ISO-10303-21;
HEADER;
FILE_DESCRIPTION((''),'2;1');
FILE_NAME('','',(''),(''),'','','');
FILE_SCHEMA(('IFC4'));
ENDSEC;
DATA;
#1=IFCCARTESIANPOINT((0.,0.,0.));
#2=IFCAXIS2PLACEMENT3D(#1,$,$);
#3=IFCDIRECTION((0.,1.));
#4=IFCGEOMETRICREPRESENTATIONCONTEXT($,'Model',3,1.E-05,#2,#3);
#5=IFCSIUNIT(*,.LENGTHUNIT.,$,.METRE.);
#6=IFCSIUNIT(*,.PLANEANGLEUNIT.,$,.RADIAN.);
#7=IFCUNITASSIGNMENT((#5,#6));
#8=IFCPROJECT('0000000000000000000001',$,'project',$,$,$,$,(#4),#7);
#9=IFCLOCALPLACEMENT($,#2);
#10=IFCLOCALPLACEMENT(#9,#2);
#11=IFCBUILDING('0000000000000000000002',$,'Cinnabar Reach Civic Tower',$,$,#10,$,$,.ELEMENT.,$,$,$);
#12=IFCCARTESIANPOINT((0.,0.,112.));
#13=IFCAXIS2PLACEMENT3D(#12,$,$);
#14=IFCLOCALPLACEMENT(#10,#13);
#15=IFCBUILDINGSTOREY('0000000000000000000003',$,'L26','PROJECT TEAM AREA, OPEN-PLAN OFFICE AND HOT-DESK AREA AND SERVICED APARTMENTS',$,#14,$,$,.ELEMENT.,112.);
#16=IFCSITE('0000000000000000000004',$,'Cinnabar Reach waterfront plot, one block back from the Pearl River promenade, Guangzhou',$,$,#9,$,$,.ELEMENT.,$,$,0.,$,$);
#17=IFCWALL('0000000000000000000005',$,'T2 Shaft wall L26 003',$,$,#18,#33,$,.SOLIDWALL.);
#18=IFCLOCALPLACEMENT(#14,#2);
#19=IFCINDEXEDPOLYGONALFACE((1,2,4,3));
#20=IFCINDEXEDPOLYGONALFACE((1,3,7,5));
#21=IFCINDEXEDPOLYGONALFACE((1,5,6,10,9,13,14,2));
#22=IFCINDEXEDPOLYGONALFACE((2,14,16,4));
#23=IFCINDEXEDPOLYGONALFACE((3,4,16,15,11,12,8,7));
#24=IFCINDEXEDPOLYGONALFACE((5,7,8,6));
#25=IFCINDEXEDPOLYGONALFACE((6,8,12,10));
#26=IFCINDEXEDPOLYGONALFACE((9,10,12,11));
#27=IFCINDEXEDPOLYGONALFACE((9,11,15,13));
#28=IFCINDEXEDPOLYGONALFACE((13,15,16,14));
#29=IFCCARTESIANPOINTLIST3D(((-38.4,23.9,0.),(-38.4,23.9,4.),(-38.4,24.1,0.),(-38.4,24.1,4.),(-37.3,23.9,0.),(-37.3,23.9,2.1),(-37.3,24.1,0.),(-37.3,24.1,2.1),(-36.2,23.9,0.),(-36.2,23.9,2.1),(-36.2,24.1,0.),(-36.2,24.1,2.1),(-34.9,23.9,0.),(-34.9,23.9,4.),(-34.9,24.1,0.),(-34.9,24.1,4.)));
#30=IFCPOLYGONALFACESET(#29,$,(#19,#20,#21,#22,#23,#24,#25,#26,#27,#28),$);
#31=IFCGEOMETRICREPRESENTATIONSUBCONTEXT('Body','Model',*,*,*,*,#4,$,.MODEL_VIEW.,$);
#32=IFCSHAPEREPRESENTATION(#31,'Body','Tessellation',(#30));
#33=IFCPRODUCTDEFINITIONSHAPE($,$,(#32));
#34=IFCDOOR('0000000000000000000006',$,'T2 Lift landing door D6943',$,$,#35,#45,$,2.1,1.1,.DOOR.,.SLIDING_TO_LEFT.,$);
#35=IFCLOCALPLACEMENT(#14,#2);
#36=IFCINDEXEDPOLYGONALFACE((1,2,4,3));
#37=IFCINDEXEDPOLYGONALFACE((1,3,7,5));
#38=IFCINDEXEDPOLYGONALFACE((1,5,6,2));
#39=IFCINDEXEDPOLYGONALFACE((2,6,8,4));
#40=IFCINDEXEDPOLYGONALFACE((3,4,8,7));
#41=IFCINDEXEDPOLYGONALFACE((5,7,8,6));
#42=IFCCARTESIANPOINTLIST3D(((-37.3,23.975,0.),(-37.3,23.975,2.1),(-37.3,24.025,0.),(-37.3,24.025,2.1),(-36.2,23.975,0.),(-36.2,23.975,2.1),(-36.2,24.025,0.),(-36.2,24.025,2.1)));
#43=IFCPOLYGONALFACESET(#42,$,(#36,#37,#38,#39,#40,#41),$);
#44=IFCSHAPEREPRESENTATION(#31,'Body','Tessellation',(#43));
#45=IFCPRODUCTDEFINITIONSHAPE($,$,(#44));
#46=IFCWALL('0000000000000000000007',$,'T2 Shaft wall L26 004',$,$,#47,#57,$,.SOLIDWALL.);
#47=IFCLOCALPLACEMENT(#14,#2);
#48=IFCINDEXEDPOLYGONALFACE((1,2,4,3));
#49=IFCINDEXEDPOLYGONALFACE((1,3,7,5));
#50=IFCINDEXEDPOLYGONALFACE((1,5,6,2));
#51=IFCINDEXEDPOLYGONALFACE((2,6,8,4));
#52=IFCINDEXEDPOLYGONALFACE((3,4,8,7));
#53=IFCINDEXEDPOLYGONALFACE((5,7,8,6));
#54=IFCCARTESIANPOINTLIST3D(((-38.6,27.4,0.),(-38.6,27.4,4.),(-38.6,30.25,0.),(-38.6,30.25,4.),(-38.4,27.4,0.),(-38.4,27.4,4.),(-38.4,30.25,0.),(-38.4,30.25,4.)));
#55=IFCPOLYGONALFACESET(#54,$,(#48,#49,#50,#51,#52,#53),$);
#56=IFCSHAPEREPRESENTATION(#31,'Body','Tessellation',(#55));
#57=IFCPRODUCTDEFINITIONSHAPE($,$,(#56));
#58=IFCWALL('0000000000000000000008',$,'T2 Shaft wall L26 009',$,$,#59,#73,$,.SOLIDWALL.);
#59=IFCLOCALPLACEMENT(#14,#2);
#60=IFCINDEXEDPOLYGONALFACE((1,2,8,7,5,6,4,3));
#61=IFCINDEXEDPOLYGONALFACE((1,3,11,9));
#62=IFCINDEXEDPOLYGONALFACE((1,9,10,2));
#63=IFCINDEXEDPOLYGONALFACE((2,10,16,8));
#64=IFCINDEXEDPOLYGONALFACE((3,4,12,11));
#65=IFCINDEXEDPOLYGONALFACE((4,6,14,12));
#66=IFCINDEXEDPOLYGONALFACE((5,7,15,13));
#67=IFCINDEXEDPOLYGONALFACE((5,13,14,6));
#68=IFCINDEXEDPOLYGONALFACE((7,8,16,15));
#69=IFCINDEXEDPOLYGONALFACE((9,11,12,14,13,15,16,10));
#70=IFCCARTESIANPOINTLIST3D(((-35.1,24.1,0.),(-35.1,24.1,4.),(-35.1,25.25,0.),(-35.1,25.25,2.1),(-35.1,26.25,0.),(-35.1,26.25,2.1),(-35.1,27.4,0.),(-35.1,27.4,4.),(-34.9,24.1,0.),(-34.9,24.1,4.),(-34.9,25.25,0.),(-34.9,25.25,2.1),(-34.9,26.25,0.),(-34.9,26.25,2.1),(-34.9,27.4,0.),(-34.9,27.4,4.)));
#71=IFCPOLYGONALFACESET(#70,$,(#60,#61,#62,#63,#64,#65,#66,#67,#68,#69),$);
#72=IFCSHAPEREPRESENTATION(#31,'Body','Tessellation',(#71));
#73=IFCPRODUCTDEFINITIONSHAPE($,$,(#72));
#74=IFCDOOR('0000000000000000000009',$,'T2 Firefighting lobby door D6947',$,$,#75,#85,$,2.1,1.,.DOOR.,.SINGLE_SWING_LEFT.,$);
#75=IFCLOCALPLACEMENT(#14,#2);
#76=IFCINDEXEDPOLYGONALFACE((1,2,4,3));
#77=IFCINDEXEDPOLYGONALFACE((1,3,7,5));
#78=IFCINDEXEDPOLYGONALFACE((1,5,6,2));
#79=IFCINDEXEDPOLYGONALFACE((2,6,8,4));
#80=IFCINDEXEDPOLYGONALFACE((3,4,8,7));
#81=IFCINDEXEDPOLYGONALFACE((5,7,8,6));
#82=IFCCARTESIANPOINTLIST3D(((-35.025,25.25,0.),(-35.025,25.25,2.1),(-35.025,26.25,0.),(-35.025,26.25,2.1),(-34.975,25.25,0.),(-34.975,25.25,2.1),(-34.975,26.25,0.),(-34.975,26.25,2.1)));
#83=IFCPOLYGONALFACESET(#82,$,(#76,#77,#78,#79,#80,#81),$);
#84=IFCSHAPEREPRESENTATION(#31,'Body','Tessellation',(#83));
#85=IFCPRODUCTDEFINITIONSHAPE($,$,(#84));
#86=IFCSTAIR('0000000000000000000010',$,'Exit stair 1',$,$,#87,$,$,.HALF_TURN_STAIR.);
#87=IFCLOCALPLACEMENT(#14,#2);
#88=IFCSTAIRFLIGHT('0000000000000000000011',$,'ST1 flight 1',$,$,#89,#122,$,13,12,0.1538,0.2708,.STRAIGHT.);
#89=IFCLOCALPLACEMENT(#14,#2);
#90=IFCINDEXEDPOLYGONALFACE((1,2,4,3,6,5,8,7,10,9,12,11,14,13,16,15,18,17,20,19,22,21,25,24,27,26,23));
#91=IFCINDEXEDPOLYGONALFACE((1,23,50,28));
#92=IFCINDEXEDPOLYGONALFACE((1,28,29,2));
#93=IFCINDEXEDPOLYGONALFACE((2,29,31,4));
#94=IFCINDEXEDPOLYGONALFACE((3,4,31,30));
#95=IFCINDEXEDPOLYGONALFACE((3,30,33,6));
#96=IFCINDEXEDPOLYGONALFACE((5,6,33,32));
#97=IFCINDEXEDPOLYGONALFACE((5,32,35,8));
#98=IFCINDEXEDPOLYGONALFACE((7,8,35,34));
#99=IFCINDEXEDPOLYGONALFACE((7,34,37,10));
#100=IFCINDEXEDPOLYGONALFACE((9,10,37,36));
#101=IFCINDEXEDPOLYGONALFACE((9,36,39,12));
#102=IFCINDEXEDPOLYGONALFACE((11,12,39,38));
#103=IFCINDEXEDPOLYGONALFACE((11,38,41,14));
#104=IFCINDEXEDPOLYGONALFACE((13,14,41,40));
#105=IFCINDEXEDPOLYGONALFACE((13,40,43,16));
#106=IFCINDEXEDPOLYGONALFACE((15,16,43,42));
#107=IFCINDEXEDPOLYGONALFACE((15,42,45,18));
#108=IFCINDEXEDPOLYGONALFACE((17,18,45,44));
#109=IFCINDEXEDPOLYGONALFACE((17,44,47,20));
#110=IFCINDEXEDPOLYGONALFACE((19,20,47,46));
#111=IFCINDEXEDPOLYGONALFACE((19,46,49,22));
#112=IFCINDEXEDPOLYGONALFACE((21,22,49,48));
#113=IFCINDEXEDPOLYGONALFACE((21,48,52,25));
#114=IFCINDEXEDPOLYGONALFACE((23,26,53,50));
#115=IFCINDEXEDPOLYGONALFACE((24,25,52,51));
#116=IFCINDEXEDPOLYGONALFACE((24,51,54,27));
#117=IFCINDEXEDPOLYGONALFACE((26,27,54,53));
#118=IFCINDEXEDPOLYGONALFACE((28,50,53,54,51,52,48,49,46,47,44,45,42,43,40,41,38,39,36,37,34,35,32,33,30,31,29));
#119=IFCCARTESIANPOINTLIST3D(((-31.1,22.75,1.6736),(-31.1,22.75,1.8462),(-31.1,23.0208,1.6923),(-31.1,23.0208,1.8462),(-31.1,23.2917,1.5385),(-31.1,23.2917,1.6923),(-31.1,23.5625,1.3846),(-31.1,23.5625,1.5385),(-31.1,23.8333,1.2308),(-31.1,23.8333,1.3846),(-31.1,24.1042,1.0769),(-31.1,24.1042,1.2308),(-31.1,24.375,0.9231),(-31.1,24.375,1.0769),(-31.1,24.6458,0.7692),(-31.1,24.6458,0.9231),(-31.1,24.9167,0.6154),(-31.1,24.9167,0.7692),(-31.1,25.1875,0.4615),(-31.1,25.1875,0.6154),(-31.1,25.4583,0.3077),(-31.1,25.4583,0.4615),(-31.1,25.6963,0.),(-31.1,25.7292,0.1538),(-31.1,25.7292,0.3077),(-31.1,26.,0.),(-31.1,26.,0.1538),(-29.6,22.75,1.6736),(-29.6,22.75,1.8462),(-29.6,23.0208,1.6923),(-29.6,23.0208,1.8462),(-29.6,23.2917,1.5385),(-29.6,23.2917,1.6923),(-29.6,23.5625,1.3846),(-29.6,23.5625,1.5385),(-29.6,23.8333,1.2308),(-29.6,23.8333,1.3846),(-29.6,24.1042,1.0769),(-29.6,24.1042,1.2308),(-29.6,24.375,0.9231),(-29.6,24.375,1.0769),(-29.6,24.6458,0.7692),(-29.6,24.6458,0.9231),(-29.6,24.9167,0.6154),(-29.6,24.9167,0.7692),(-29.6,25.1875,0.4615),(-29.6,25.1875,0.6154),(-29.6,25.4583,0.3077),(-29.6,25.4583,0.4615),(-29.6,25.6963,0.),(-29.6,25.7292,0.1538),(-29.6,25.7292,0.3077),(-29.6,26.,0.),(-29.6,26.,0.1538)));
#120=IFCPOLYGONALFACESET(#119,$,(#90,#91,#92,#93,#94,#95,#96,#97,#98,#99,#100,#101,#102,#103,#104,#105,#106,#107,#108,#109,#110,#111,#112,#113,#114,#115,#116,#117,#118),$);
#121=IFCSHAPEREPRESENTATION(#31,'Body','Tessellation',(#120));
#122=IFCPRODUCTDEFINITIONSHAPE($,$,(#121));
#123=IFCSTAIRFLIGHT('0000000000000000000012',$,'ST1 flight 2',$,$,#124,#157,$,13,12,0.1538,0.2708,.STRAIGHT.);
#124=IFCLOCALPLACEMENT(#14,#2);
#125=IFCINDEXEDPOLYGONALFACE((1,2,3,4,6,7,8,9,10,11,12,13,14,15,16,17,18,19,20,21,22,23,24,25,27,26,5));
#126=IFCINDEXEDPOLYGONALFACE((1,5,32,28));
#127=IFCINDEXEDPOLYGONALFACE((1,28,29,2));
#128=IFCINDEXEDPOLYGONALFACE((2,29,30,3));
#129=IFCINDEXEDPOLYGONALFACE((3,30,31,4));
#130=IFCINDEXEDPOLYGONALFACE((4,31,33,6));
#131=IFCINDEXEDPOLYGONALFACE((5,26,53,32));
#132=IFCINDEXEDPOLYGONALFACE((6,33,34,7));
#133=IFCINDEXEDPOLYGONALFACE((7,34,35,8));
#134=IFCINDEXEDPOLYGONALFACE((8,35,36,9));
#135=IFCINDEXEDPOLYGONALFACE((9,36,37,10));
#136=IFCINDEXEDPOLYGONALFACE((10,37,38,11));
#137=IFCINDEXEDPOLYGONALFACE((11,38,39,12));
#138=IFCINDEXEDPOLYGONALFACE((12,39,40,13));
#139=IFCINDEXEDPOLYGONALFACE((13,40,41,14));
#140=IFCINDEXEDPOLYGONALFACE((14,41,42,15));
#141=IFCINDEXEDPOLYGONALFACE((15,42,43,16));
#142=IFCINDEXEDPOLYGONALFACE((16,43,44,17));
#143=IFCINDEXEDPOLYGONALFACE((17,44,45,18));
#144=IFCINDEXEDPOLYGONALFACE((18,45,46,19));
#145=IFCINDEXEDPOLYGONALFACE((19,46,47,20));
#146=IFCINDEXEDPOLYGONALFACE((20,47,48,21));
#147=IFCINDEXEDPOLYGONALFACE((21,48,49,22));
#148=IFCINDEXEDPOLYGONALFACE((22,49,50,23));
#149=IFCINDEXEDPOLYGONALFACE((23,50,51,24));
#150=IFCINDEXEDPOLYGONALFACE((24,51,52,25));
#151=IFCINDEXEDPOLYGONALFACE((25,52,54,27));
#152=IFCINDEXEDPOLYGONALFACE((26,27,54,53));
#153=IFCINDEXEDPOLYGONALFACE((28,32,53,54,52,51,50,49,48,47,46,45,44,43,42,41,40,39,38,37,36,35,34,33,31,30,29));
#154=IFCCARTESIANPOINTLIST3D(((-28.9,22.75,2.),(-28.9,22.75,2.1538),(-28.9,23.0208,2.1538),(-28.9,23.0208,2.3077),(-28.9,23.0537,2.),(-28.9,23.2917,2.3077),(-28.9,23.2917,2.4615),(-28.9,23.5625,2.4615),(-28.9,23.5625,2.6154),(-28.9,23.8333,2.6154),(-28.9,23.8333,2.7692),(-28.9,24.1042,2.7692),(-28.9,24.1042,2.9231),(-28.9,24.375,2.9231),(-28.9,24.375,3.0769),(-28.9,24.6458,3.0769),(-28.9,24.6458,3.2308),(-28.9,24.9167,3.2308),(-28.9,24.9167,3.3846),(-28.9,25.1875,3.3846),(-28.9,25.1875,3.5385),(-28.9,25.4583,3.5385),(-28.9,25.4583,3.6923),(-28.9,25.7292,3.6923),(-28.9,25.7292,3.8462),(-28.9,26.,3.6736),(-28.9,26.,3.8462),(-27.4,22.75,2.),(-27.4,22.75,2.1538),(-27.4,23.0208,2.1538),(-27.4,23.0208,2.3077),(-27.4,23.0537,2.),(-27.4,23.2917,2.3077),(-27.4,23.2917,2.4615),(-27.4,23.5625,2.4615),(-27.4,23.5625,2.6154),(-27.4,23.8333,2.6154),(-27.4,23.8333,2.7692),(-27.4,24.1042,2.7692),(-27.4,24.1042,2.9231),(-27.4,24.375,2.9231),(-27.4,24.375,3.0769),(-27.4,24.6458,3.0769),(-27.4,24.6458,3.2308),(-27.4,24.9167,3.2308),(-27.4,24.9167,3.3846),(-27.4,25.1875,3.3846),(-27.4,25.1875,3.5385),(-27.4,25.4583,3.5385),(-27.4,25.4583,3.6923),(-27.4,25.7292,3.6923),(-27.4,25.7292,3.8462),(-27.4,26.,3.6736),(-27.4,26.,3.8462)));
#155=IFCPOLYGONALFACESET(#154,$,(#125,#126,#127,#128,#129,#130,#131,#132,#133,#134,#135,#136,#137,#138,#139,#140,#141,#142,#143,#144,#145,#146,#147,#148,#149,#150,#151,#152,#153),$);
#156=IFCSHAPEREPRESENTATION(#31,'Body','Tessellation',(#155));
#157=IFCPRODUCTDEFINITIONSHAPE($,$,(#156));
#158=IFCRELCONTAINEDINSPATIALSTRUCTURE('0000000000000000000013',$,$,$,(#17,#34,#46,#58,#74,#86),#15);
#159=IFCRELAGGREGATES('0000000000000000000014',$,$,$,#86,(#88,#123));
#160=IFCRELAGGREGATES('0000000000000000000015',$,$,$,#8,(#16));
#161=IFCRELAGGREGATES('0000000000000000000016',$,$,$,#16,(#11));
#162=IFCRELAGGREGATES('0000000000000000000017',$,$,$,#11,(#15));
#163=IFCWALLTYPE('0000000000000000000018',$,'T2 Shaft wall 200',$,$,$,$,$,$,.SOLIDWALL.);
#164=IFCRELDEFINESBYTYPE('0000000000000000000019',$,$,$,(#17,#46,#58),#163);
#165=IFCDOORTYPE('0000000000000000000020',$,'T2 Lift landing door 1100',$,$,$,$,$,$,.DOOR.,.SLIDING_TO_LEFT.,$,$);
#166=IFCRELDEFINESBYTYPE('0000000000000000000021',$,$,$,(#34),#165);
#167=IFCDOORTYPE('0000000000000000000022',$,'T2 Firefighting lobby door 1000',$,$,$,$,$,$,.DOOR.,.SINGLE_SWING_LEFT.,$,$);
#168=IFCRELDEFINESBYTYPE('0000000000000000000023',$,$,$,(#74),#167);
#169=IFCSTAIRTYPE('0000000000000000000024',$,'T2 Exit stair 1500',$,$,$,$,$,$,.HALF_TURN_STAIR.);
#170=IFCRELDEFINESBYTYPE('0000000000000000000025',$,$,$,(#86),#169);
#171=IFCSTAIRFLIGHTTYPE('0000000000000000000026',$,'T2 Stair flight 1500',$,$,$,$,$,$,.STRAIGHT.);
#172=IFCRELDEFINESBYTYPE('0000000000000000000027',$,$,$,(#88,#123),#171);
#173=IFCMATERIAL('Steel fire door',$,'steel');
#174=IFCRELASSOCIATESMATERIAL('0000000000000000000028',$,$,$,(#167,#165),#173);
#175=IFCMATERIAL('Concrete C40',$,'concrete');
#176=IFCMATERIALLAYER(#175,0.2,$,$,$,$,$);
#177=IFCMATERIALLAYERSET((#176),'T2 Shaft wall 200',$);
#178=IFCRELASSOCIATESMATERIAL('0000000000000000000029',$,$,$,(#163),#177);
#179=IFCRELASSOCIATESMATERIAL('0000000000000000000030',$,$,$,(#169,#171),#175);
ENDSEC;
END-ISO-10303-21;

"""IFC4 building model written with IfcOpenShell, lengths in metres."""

from ifc_helpers import new_model, si_unit, direction, frame, frame_2d, origin, place, context, subcontext, project, spatial, polyline, rectangle, outline, extrude, material, layer, layer_set, type_object, element, fill, aggregate, save


model = new_model("IFC4")

# Units and contexts
model_context = context("Model", 3, precision=1e-05, world=origin(), true_north=direction((0.0, 1.0)))
body_context = subcontext(model_context, "Body", "Model", "MODEL_VIEW")
ifc_project = project(units=[si_unit("LENGTHUNIT", "METRE"), si_unit("PLANEANGLEUNIT", "RADIAN")], contexts=[model_context])

# Site, building, storey
site_placement = place(None, origin())
site = spatial("IfcSite", under=ifc_project, at=site_placement, Name="Cinnabar Reach waterfront plot, one block back from the Pearl River promenade, Guangzhou", CompositionType="ELEMENT", RefElevation=0.0)
building_placement = place(site_placement, origin())
building = spatial("IfcBuilding", under=site, at=building_placement, Name="Cinnabar Reach Civic Tower", CompositionType="ELEMENT")
storey_placement = place(building_placement, frame((0.0, 0.0, 112.0)))
storey = spatial("IfcBuildingStorey", under=building, at=storey_placement, Name="L26", Description="PROJECT TEAM AREA, OPEN-PLAN OFFICE AND HOT-DESK AREA AND SERVICED APARTMENTS", CompositionType="ELEMENT", Elevation=112.0)

# Shared definitions
ifc_material_1 = material(Name="Steel fire door", Category="steel")
door_type_1 = type_object("IfcDoorType", Name="T2 Firefighting lobby door 1000", OperationType="SINGLE_SWING_LEFT", PredefinedType="DOOR", material=ifc_material_1)

# Shared definitions
ifc_material_2 = material(Name="Concrete C40", Category="concrete")
ifc_layer_1 = layer(ifc_material_2, 0.2)
ifc_layer_set_1 = layer_set([ifc_layer_1], Name="T2 Shaft wall 200")
wall_type_1 = type_object("IfcWallType", Name="T2 Shaft wall 200", PredefinedType="SOLIDWALL", material=ifc_layer_set_1)

# Wall, opening, door
door_type_2 = type_object("IfcDoorType", Name="T2 Lift landing door 1100", OperationType="SLIDING_TO_LEFT", PredefinedType="DOOR", material=ifc_material_1)
wall_1_placement = place(storey_placement, frame((-34.9, 24.0, 0.0), z_axis=(0.0, 0.0, 1.0), x_axis=(-1.0, 0.0, 0.0)))
wall_1 = element("IfcWall", 1, at=wall_1_placement, inside=storey, type_object=wall_type_1, Name="T2 Shaft wall L26 003", PredefinedType="SOLIDWALL", context=body_context, shape_type="SweptSolid", body=[
    extrude(rectangle(XDim=3.5, YDim=0.2, at=frame_2d((1.75, 0.0))), origin(), (0.0, 0.0, 1.0), 4.0),
])
opening_1_placement = place(wall_1_placement, frame((1.3, 0.0, 0.0)))
opening_1 = element("IfcOpeningElement", 2, at=opening_1_placement, cuts=wall_1, PredefinedType="OPENING", context=body_context, shape_type="SweptSolid", body=[
    extrude(rectangle(XDim=1.1, YDim=2.1, at=frame_2d((0.55, 1.05))), frame((0.0, 0.11, 0.0), z_axis=(0.0, -1.0, 0.0), x_axis=(1.0, 0.0, 0.0)), (0.0, 0.0, 1.0), 0.22),
])
door_1_placement = place(opening_1_placement, origin())
door_1 = element("IfcDoor", 3, at=door_1_placement, inside=storey, type_object=door_type_2, Name="T2 Lift landing door D6943", OperationType="SLIDING_TO_LEFT", OverallHeight=2.1, OverallWidth=1.1, PredefinedType="DOOR", context=body_context, shape_type="SweptSolid", body=[
    extrude(rectangle(XDim=1.1, YDim=2.1, at=frame_2d((0.55, 1.05))), frame((0.0, 0.025, 0.0), z_axis=(0.0, -1.0, 0.0), x_axis=(1.0, 0.0, 0.0)), (0.0, 0.0, 1.0), 0.05),
])
fill(opening_1, door_1)

# Wall
wall_2_placement = place(storey_placement, frame((-38.5, 27.4, 0.0), z_axis=(0.0, 0.0, 1.0), x_axis=(0.0, 1.0, 0.0)))
element("IfcWall", 4, at=wall_2_placement, inside=storey, type_object=wall_type_1, Name="T2 Shaft wall L26 004", PredefinedType="SOLIDWALL", context=body_context, shape_type="SweptSolid", body=[
    extrude(rectangle(XDim=2.85, YDim=0.2, at=frame_2d((1.425, 0.0))), origin(), (0.0, 0.0, 1.0), 4.0),
])

# Wall, opening, door
wall_3_placement = place(storey_placement, frame((-35.0, 24.1, 0.0), z_axis=(0.0, 0.0, 1.0), x_axis=(0.0, 1.0, 0.0)))
wall_3 = element("IfcWall", 5, at=wall_3_placement, inside=storey, type_object=wall_type_1, Name="T2 Shaft wall L26 009", PredefinedType="SOLIDWALL", context=body_context, shape_type="SweptSolid", body=[
    extrude(rectangle(XDim=3.3, YDim=0.2, at=frame_2d((1.65, 0.0))), origin(), (0.0, 0.0, 1.0), 4.0),
])
opening_2_placement = place(wall_3_placement, frame((1.15, 0.0, 0.0)))
opening_2 = element("IfcOpeningElement", 6, at=opening_2_placement, cuts=wall_3, PredefinedType="OPENING", context=body_context, shape_type="SweptSolid", body=[
    extrude(rectangle(XDim=1.0, YDim=2.1, at=frame_2d((0.5, 1.05))), frame((0.0, 0.11, 0.0), z_axis=(0.0, -1.0, 0.0), x_axis=(1.0, 0.0, 0.0)), (0.0, 0.0, 1.0), 0.22),
])
door_2_placement = place(opening_2_placement, origin())
door_2 = element("IfcDoor", 7, at=door_2_placement, inside=storey, type_object=door_type_1, Name="T2 Firefighting lobby door D6947", OperationType="SINGLE_SWING_LEFT", OverallHeight=2.1, OverallWidth=1.0, PredefinedType="DOOR", context=body_context, shape_type="SweptSolid", body=[
    extrude(rectangle(XDim=1.0, YDim=2.1, at=frame_2d((0.5, 1.05))), frame((0.0, 0.025, 0.0), z_axis=(0.0, -1.0, 0.0), x_axis=(1.0, 0.0, 0.0)), (0.0, 0.0, 1.0), 0.05),
])
fill(opening_2, door_2)

# Stair, stair flights
stair_type = type_object("IfcStairType", Name="T2 Exit stair 1500", PredefinedType="HALF_TURN_STAIR", material=ifc_material_2)
stair_placement = place(storey_placement, origin())
stair = element("IfcStair", 8, at=stair_placement, inside=storey, type_object=stair_type, Name="Exit stair 1", PredefinedType="HALF_TURN_STAIR")
stair_flight_type = type_object("IfcStairFlightType", Name="T2 Stair flight 1500", PredefinedType="STRAIGHT", material=ifc_material_2)
stair_flight_1_placement = place(storey_placement, frame((-30.35, 26.0, 0.0), z_axis=(0.0, 0.0, 1.0), x_axis=(0.0, -1.0, 0.0)))
stair_flight_1 = element("IfcStairFlight", 9, at=stair_flight_1_placement, type_object=stair_flight_type, Name="ST1 flight 1", NumberOfRisers=13, NumberOfTreads=12, PredefinedType="STRAIGHT", RiserHeight=0.1538, TreadLength=0.2708, context=body_context, shape_type="SweptSolid", body=[
    extrude(outline(polyline([(0.0, 0.0), (0.0, 0.1538), (0.2708, 0.1538), (0.2708, 0.3077), (0.5417, 0.3077), (0.5417, 0.4615), (0.8125, 0.4615), (0.8125, 0.6154), (1.0833, 0.6154), (1.0833, 0.7692), (1.3542, 0.7692), (1.3542, 0.9231), (1.625, 0.9231), (1.625, 1.0769), (1.8958, 1.0769), (1.8958, 1.2308), (2.1667, 1.2308), (2.1667, 1.3846), (2.4375, 1.3846), (2.4375, 1.5385), (2.7083, 1.5385), (2.7083, 1.6923), (2.9792, 1.6923), (2.9792, 1.8462), (3.25, 1.8462), (3.25, 2.0), (3.25, 1.6736), (0.3037, 0.0), (0.0, 0.0)])), frame((0.0, 0.75, 0.0), z_axis=(0.0, -1.0, 0.0), x_axis=(1.0, 0.0, 0.0)), (0.0, 0.0, 1.0), 1.5),
])
stair_flight_2_placement = place(storey_placement, frame((-28.15, 22.75, 2.0), z_axis=(0.0, 0.0, 1.0), x_axis=(0.0, 1.0, 0.0)))
stair_flight_2 = element("IfcStairFlight", 10, at=stair_flight_2_placement, type_object=stair_flight_type, Name="ST1 flight 2", NumberOfRisers=13, NumberOfTreads=12, PredefinedType="STRAIGHT", RiserHeight=0.1538, TreadLength=0.2708, context=body_context, shape_type="SweptSolid", body=[
    extrude(outline(polyline([(0.0, 0.0), (0.0, 0.1538), (0.2708, 0.1538), (0.2708, 0.3077), (0.5417, 0.3077), (0.5417, 0.4615), (0.8125, 0.4615), (0.8125, 0.6154), (1.0833, 0.6154), (1.0833, 0.7692), (1.3542, 0.7692), (1.3542, 0.9231), (1.625, 0.9231), (1.625, 1.0769), (1.8958, 1.0769), (1.8958, 1.2308), (2.1667, 1.2308), (2.1667, 1.3846), (2.4375, 1.3846), (2.4375, 1.5385), (2.7083, 1.5385), (2.7083, 1.6923), (2.9792, 1.6923), (2.9792, 1.8462), (3.25, 1.8462), (3.25, 2.0), (3.25, 1.6736), (0.3037, 0.0), (0.0, 0.0)])), frame((0.0, 0.75, 0.0), z_axis=(0.0, -1.0, 0.0), x_axis=(1.0, 0.0, 0.0)), (0.0, 0.0, 1.0), 1.5),
])
aggregate(stair, [stair_flight_1, stair_flight_2])

save(model, "model.ifc")
